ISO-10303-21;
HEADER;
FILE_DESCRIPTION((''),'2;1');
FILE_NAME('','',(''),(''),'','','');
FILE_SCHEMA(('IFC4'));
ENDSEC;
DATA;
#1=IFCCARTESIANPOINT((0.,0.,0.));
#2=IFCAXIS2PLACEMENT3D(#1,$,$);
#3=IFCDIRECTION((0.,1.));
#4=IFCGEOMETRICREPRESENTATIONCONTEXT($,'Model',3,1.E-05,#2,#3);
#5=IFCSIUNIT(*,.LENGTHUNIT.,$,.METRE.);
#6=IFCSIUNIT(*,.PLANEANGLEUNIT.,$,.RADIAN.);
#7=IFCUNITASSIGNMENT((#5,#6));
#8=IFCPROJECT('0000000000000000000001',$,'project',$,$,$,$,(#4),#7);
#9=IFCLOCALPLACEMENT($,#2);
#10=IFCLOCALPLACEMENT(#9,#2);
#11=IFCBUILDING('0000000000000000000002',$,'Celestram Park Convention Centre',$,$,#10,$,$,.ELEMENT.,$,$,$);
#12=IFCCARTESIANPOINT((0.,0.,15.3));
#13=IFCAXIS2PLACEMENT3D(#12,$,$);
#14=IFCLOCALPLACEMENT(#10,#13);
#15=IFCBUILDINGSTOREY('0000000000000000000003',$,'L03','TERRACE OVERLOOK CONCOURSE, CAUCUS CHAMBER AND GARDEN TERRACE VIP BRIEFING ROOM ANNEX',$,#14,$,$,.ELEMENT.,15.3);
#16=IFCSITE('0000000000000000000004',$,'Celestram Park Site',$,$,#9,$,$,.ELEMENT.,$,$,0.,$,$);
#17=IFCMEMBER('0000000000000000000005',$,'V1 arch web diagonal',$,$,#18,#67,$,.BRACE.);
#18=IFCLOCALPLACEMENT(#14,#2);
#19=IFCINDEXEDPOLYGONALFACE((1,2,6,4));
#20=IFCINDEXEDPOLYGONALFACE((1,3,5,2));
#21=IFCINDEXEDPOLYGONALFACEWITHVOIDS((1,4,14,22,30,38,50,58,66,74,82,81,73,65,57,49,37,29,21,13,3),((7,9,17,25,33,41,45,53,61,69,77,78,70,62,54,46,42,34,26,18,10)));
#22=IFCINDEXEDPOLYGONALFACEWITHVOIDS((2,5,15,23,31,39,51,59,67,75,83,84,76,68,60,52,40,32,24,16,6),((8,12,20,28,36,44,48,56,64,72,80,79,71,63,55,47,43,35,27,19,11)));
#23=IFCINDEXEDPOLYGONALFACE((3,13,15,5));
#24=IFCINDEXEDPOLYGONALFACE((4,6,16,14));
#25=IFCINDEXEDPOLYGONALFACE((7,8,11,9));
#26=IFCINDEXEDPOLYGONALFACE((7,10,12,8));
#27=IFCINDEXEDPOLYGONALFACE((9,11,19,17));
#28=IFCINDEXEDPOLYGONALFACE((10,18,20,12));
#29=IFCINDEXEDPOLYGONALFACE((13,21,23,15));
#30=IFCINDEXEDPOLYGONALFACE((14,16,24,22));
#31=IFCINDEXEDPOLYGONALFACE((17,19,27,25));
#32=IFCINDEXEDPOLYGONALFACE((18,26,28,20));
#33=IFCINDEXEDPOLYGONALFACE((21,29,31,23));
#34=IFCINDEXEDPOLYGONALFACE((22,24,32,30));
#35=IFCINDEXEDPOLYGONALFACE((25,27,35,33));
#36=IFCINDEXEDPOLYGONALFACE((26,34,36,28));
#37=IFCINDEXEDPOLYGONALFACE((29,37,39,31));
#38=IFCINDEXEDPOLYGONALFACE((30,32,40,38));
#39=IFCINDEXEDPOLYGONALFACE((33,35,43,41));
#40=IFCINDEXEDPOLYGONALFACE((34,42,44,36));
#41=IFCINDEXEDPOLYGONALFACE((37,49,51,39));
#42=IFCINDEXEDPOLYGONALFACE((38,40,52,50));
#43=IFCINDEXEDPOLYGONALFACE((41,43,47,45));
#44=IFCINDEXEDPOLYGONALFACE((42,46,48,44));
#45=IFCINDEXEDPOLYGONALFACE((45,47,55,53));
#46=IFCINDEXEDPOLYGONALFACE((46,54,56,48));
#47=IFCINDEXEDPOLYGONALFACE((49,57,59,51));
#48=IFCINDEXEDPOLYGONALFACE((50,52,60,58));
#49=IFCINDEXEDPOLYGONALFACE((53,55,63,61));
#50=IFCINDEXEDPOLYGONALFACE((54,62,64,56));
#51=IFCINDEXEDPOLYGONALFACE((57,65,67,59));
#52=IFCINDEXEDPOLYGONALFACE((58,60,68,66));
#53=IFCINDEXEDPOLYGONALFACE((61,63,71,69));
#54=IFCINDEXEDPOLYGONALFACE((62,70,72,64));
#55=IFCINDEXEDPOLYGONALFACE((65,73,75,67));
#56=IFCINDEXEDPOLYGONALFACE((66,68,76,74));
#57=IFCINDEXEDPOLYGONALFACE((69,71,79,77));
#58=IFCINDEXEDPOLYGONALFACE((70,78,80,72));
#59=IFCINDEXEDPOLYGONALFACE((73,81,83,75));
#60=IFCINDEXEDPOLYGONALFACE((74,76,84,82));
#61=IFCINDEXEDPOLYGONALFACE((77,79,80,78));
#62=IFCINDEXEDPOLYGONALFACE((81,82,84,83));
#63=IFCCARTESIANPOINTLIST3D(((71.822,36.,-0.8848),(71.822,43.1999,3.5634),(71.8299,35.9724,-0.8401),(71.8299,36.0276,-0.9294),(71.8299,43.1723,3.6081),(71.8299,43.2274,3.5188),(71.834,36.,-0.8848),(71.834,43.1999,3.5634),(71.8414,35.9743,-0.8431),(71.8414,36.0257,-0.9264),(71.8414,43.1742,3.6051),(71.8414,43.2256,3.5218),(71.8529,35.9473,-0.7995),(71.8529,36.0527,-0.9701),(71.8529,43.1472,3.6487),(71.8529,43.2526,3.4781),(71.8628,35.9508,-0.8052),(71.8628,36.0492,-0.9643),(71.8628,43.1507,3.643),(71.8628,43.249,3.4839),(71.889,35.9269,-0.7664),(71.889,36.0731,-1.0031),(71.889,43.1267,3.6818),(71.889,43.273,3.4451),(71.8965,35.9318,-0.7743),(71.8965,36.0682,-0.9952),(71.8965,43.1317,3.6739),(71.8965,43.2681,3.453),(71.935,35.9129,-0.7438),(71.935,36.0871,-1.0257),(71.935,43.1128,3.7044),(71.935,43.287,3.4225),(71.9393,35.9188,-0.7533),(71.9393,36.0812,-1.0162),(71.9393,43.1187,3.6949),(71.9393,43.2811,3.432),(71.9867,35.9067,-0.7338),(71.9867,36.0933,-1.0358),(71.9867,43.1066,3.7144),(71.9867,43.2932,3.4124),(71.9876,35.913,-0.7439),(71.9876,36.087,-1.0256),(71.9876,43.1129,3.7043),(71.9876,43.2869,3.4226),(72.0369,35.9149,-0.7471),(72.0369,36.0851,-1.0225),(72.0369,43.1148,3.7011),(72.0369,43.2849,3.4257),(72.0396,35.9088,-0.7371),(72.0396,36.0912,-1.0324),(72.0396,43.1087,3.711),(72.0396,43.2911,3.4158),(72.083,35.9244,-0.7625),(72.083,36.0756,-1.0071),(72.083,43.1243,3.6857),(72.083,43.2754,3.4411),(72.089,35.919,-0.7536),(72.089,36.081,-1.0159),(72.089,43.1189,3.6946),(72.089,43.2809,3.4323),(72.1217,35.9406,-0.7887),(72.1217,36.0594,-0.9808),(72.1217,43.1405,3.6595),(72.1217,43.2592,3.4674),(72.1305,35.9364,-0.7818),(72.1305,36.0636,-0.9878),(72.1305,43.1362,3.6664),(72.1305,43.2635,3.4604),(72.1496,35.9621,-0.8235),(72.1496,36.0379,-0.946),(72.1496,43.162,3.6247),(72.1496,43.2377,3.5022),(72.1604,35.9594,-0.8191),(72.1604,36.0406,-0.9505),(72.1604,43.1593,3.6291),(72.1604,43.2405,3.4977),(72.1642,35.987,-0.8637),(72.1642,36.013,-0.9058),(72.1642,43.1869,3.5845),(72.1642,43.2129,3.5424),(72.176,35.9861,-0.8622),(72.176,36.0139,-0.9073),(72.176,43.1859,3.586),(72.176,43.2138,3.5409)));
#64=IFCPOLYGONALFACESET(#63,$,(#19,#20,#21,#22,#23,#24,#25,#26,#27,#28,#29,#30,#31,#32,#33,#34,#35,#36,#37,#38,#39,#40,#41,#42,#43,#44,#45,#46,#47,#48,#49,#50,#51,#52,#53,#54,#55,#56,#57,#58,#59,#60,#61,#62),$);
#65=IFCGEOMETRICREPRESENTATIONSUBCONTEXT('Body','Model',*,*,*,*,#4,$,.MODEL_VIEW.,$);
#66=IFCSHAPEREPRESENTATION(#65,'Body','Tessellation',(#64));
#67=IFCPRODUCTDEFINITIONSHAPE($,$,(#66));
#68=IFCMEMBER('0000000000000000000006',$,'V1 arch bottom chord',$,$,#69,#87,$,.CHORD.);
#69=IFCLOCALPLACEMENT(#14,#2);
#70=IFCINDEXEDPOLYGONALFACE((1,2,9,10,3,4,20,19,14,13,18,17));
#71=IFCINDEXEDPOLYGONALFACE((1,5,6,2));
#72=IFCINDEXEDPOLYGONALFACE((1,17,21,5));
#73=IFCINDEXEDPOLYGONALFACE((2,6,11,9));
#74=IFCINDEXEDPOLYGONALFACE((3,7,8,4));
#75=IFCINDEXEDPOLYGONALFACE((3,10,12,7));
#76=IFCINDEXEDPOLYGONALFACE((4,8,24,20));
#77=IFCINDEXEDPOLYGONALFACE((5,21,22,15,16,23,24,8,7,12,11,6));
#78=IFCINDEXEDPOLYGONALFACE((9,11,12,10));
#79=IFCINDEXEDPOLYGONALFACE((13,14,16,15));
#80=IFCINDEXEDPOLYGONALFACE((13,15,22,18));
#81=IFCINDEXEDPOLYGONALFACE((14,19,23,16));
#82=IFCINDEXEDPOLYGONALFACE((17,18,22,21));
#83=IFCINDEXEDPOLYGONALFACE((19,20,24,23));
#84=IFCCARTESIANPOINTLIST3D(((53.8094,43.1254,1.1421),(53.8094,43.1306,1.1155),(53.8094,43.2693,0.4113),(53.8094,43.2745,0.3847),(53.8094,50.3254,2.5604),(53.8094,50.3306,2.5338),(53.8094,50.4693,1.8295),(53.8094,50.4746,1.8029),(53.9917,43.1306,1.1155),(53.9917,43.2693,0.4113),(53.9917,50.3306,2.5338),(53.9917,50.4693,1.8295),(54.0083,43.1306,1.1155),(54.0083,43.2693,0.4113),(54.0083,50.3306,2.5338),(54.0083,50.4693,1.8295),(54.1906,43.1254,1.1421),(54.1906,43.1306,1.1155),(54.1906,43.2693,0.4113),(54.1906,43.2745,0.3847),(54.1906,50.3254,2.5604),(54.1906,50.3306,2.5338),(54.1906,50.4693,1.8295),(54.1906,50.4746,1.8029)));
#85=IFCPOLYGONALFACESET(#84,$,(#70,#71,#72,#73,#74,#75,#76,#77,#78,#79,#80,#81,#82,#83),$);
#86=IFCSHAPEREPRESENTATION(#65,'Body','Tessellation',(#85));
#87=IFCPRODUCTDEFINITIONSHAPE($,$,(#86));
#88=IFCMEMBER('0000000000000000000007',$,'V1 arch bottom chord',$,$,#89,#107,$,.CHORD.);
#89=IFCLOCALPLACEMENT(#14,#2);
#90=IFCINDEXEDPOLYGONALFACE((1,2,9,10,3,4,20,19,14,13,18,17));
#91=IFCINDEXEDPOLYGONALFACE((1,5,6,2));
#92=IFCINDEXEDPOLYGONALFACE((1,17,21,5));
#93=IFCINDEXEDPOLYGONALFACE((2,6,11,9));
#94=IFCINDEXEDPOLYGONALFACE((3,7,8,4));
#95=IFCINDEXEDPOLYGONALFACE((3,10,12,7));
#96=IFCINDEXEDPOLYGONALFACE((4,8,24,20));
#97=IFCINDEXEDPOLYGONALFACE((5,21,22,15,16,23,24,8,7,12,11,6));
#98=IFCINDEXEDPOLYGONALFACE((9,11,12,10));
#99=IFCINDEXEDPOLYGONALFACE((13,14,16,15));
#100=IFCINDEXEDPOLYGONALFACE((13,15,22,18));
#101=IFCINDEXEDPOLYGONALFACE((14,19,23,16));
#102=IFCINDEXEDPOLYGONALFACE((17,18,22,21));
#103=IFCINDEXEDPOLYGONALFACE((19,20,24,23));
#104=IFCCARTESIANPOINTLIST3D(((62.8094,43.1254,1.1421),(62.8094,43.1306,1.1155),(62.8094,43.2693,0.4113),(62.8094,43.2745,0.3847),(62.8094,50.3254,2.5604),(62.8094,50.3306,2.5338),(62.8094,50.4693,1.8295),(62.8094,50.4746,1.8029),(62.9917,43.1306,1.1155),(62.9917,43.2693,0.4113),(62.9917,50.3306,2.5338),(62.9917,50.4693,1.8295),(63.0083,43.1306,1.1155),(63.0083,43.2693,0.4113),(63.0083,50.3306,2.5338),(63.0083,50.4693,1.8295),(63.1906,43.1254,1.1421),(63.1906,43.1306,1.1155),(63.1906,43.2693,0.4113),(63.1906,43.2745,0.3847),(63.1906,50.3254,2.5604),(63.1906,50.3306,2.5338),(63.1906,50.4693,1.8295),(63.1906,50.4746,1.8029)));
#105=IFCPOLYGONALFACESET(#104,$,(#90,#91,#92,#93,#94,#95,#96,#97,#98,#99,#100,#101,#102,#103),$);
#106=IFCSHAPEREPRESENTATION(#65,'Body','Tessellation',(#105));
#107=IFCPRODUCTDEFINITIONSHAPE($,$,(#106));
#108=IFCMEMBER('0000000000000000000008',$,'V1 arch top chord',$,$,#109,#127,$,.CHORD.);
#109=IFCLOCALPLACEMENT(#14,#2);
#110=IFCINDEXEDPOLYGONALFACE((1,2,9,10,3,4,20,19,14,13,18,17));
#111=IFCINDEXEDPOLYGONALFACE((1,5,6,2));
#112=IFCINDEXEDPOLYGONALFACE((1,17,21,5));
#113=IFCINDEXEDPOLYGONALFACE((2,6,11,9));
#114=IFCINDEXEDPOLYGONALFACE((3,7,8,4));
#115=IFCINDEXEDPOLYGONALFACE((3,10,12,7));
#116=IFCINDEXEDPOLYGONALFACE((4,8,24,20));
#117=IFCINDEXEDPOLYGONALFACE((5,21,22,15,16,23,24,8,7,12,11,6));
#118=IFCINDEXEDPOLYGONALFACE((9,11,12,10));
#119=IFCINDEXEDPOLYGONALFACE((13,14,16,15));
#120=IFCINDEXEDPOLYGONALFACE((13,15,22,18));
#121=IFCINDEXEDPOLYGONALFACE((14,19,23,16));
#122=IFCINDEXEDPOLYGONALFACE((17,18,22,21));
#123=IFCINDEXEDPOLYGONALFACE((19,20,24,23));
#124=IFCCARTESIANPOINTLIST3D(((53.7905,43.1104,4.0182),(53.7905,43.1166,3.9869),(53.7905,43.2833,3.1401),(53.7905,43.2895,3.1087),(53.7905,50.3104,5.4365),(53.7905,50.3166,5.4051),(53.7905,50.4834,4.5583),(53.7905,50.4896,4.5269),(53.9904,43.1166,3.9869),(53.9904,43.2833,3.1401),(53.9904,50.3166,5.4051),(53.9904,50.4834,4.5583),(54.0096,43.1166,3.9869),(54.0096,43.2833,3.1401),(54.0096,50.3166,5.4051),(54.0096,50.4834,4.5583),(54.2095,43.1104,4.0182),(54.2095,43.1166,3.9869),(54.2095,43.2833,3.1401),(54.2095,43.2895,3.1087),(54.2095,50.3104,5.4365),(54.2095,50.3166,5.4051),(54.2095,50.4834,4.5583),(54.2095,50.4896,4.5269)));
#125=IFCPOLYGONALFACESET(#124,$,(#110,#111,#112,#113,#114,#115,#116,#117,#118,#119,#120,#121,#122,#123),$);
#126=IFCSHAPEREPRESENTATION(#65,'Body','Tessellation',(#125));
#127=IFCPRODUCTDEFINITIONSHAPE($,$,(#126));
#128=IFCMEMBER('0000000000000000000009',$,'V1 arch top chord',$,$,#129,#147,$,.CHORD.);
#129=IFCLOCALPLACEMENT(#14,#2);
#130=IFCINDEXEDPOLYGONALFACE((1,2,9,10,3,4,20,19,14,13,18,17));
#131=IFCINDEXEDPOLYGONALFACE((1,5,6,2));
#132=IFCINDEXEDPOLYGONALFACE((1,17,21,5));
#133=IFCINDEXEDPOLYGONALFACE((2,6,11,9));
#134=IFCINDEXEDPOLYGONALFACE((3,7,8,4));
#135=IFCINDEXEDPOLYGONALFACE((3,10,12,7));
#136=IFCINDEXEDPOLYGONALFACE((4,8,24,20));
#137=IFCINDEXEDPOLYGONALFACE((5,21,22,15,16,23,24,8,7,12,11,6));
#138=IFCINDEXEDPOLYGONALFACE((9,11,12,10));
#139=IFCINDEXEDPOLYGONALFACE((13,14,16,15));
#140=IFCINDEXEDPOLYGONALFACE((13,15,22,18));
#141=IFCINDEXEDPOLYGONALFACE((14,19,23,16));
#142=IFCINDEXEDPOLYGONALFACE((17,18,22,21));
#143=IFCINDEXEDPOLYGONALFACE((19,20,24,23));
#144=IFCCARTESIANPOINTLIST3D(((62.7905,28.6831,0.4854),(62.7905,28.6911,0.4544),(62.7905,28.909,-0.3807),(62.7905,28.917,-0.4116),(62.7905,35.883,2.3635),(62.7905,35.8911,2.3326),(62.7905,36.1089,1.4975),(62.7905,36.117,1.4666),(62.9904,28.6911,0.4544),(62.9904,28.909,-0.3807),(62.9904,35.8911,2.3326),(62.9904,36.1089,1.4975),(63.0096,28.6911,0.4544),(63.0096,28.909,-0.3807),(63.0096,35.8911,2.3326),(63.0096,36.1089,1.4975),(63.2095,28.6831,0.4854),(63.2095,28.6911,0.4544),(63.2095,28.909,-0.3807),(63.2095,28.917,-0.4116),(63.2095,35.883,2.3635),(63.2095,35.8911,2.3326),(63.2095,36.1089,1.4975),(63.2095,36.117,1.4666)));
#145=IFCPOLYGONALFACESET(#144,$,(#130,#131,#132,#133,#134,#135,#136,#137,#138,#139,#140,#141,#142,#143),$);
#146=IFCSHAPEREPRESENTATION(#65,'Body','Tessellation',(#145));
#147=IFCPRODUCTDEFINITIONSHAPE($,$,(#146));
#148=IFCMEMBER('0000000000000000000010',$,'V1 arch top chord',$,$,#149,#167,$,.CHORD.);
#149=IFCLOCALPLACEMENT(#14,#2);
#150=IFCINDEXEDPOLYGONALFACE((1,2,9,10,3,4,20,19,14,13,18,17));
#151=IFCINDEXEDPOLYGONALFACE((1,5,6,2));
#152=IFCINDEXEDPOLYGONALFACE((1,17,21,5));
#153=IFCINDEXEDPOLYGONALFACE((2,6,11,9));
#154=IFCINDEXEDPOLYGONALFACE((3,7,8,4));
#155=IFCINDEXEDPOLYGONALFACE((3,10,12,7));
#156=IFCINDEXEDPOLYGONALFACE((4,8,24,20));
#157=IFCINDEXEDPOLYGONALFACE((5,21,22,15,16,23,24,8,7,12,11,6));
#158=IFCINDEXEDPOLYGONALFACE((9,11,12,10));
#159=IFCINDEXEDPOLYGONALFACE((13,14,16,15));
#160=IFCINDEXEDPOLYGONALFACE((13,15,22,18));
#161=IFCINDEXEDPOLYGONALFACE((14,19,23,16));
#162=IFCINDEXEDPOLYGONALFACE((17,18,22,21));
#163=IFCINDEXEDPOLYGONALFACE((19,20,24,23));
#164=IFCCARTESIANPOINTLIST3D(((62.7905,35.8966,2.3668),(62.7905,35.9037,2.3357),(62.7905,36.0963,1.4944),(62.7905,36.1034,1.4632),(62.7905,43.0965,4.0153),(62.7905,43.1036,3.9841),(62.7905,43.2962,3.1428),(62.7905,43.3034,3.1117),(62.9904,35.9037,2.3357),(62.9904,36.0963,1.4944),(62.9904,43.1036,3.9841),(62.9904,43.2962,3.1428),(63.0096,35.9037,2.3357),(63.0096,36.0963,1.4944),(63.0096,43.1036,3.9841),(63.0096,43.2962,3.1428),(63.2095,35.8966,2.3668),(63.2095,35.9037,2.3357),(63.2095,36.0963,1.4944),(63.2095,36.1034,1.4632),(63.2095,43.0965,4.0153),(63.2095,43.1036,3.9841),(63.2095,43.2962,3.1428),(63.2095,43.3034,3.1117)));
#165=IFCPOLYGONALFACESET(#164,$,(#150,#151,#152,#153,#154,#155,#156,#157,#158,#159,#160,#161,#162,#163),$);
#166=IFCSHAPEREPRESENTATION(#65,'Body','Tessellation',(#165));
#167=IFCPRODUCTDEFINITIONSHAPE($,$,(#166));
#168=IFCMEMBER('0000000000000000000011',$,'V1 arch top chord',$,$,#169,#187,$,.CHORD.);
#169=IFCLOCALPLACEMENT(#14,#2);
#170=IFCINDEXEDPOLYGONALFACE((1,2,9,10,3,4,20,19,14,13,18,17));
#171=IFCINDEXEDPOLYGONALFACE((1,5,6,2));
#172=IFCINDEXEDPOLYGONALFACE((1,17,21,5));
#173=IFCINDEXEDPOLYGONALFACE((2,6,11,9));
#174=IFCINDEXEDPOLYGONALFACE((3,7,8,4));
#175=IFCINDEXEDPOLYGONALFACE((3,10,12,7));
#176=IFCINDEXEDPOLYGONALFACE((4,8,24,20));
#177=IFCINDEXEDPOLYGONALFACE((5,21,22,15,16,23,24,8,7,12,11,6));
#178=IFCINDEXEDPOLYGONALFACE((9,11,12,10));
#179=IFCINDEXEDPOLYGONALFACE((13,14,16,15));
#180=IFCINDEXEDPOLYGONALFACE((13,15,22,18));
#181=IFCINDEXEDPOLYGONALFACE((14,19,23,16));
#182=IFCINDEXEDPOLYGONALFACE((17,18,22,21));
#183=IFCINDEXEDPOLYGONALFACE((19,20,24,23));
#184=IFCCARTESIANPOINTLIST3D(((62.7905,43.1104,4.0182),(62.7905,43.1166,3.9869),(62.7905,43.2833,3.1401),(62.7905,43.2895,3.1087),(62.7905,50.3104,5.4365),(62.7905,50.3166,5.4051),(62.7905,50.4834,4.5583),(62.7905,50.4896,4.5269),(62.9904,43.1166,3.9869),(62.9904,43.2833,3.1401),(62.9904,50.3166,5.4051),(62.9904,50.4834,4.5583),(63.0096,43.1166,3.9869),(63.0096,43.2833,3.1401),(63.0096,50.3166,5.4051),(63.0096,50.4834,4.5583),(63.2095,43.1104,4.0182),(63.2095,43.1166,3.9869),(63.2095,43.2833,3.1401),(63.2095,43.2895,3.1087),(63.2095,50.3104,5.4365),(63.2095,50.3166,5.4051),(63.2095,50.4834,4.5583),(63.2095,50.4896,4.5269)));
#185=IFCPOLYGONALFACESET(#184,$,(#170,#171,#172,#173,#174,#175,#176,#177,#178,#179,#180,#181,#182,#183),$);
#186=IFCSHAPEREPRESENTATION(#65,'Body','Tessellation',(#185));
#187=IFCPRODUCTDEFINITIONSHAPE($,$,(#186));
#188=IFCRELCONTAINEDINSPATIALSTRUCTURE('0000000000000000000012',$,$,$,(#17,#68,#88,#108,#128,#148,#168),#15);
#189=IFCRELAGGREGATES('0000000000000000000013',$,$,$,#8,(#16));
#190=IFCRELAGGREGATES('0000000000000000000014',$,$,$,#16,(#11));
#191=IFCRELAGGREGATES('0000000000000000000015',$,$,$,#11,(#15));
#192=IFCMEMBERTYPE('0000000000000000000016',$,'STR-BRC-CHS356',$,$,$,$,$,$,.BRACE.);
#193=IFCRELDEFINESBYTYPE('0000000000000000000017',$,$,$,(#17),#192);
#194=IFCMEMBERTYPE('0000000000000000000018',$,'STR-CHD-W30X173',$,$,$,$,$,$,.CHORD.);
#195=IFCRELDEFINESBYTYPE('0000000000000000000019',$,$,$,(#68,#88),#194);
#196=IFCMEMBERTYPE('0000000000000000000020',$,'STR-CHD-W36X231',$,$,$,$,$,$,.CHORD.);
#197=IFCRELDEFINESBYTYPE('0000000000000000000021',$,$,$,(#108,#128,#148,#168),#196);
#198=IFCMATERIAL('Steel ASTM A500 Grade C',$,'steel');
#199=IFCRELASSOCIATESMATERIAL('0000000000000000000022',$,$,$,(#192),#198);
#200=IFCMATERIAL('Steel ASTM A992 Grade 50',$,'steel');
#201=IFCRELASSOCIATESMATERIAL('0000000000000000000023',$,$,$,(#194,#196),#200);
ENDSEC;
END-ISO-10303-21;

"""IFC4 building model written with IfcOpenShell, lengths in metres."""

from ifc_helpers import new_model, si_unit, direction, frame, origin, origin_2d, place, context, subcontext, project, spatial, hollow_circle, i_section, extrude, material, material_profile, profile_set, type_object, element, save


model = new_model("IFC4")

# Units and contexts
model_context = context("Model", 3, precision=1e-05, world=origin(), true_north=direction((0.0, 1.0)))
body_context = subcontext(model_context, "Body", "Model", "MODEL_VIEW")
ifc_project = project(units=[si_unit("LENGTHUNIT", "METRE"), si_unit("PLANEANGLEUNIT", "RADIAN")], contexts=[model_context])

# Site, building, storey
site_placement = place(None, origin())
site = spatial("IfcSite", under=ifc_project, at=site_placement, Name="Celestram Park Site", CompositionType="ELEMENT", RefElevation=0.0)
building_placement = place(site_placement, origin())
building = spatial("IfcBuilding", under=site, at=building_placement, Name="Celestram Park Convention Centre", CompositionType="ELEMENT")
storey_placement = place(building_placement, frame((0.0, 0.0, 15.3)))
storey = spatial("IfcBuildingStorey", under=building, at=storey_placement, Name="L03", Description="TERRACE OVERLOOK CONCOURSE, CAUCUS CHAMBER AND GARDEN TERRACE VIP BRIEFING ROOM ANNEX", CompositionType="ELEMENT", Elevation=15.3)

# Members
ifc_material_1 = material(Name="Steel ASTM A500 Grade C", Category="steel")
ifc_material_profile_1 = material_profile(ifc_material_1, hollow_circle(Radius=0.178, WallThickness=0.012, at=origin_2d()), Name="CHS356X12")
ifc_profile_set_1 = profile_set([ifc_material_profile_1], Name="Steel ASTM A500 Grade C")
member_type_1 = type_object("IfcMemberType", Name="STR-BRC-CHS356", PredefinedType="BRACE", material=ifc_profile_set_1)
member_1_placement = place(storey_placement, frame((72.0, 36.0, -0.8848), z_axis=(0.0, 0.850734, 0.525597), x_axis=(-1.0, 0.0, 0.0)))
element("IfcMember", 1, at=member_1_placement, inside=storey, type_object=member_type_1, Name="V1 arch web diagonal", PredefinedType="BRACE", context=body_context, shape_type="SweptSolid", body=[
    extrude(hollow_circle(Radius=0.178, WallThickness=0.012, at=origin_2d()), origin(), (0.0, 0.0, 1.0), 8.4631),
])
ifc_material_2 = material(Name="Steel ASTM A992 Grade 50", Category="steel")
ifc_material_profile_2 = material_profile(ifc_material_2, i_section(OverallWidth=0.3811, OverallDepth=0.772, WebThickness=0.0166, FlangeThickness=0.0271, at=origin_2d()), Name="W30X173")
ifc_profile_set_2 = profile_set([ifc_material_profile_2], Name="Steel ASTM A992 Grade 50")
member_type_2 = type_object("IfcMemberType", Name="STR-CHD-W30X173", PredefinedType="CHORD", material=ifc_profile_set_2)
for number, where, z_axis, x_axis, name in (
    (2, (54.0, 43.2, 0.7634), (0.0, 0.981147, 0.193262), (-1.0, 0.0, 0.0), "V1 arch bottom chord"),
    (3, (63.0, 43.2, 0.7634), (0.0, 0.981147, 0.193262), (-1.0, 0.0, 0.0), "V1 arch bottom chord"),
):
    element("IfcMember", number, at=place(storey_placement, frame(where, z_axis=z_axis, x_axis=x_axis)), inside=storey, type_object=member_type_2, Name=name, PredefinedType="CHORD", context=body_context, shape_type="SweptSolid", body=[
        extrude(i_section(OverallWidth=0.3811, OverallDepth=0.772, WebThickness=0.0166, FlangeThickness=0.0271, at=origin_2d()), origin(), (0.0, 0.0, 1.0), 7.3384),
    ])
ifc_material_profile_3 = material_profile(ifc_material_2, i_section(OverallWidth=0.4189, OverallDepth=0.927, WebThickness=0.0193, FlangeThickness=0.032, at=origin_2d()), Name="W36X231")
ifc_profile_set_3 = profile_set([ifc_material_profile_3], Name="Steel ASTM A992 Grade 50")
member_type_3 = type_object("IfcMemberType", Name="STR-CHD-W36X231", PredefinedType="CHORD", material=ifc_profile_set_3)
member_2_placement = place(storey_placement, frame((54.0, 43.2, 3.5635), z_axis=(0.0, 0.981147, 0.193262), x_axis=(-1.0, 0.0, 0.0)))
element("IfcMember", 4, at=member_2_placement, inside=storey, type_object=member_type_3, Name="V1 arch top chord", PredefinedType="CHORD", context=body_context, shape_type="SweptSolid", body=[
    extrude(i_section(OverallWidth=0.4189, OverallDepth=0.927, WebThickness=0.0193, FlangeThickness=0.032, at=origin_2d()), origin(), (0.0, 0.0, 1.0), 7.3384),
])
member_3_placement = place(storey_placement, frame((63.0, 28.8, 0.0369), z_axis=(0.0, 0.96762, 0.252413), x_axis=(-1.0, 0.0, 0.0)))
element("IfcMember", 5, at=member_3_placement, inside=storey, type_object=member_type_3, Name="V1 arch top chord", PredefinedType="CHORD", context=body_context, shape_type="SweptSolid", body=[
    extrude(i_section(OverallWidth=0.4189, OverallDepth=0.927, WebThickness=0.0193, FlangeThickness=0.032, at=origin_2d()), origin(), (0.0, 0.0, 1.0), 7.4409),
])
member_4_placement = place(storey_placement, frame((63.0, 36.0, 1.915), z_axis=(0.0, 0.974778, 0.223177), x_axis=(-1.0, 0.0, 0.0)))
element("IfcMember", 6, at=member_4_placement, inside=storey, type_object=member_type_3, Name="V1 arch top chord", PredefinedType="CHORD", context=body_context, shape_type="SweptSolid", body=[
    extrude(i_section(OverallWidth=0.4189, OverallDepth=0.927, WebThickness=0.0193, FlangeThickness=0.032, at=origin_2d()), origin(), (0.0, 0.0, 1.0), 7.3862),
])
member_5_placement = place(storey_placement, frame((63.0, 43.2, 3.5635), z_axis=(0.0, 0.981147, 0.193262), x_axis=(-1.0, 0.0, 0.0)))
element("IfcMember", 7, at=member_5_placement, inside=storey, type_object=member_type_3, Name="V1 arch top chord", PredefinedType="CHORD", context=body_context, shape_type="SweptSolid", body=[
    extrude(i_section(OverallWidth=0.4189, OverallDepth=0.927, WebThickness=0.0193, FlangeThickness=0.032, at=origin_2d()), origin(), (0.0, 0.0, 1.0), 7.3384),
])

save(model, "model.ifc")
